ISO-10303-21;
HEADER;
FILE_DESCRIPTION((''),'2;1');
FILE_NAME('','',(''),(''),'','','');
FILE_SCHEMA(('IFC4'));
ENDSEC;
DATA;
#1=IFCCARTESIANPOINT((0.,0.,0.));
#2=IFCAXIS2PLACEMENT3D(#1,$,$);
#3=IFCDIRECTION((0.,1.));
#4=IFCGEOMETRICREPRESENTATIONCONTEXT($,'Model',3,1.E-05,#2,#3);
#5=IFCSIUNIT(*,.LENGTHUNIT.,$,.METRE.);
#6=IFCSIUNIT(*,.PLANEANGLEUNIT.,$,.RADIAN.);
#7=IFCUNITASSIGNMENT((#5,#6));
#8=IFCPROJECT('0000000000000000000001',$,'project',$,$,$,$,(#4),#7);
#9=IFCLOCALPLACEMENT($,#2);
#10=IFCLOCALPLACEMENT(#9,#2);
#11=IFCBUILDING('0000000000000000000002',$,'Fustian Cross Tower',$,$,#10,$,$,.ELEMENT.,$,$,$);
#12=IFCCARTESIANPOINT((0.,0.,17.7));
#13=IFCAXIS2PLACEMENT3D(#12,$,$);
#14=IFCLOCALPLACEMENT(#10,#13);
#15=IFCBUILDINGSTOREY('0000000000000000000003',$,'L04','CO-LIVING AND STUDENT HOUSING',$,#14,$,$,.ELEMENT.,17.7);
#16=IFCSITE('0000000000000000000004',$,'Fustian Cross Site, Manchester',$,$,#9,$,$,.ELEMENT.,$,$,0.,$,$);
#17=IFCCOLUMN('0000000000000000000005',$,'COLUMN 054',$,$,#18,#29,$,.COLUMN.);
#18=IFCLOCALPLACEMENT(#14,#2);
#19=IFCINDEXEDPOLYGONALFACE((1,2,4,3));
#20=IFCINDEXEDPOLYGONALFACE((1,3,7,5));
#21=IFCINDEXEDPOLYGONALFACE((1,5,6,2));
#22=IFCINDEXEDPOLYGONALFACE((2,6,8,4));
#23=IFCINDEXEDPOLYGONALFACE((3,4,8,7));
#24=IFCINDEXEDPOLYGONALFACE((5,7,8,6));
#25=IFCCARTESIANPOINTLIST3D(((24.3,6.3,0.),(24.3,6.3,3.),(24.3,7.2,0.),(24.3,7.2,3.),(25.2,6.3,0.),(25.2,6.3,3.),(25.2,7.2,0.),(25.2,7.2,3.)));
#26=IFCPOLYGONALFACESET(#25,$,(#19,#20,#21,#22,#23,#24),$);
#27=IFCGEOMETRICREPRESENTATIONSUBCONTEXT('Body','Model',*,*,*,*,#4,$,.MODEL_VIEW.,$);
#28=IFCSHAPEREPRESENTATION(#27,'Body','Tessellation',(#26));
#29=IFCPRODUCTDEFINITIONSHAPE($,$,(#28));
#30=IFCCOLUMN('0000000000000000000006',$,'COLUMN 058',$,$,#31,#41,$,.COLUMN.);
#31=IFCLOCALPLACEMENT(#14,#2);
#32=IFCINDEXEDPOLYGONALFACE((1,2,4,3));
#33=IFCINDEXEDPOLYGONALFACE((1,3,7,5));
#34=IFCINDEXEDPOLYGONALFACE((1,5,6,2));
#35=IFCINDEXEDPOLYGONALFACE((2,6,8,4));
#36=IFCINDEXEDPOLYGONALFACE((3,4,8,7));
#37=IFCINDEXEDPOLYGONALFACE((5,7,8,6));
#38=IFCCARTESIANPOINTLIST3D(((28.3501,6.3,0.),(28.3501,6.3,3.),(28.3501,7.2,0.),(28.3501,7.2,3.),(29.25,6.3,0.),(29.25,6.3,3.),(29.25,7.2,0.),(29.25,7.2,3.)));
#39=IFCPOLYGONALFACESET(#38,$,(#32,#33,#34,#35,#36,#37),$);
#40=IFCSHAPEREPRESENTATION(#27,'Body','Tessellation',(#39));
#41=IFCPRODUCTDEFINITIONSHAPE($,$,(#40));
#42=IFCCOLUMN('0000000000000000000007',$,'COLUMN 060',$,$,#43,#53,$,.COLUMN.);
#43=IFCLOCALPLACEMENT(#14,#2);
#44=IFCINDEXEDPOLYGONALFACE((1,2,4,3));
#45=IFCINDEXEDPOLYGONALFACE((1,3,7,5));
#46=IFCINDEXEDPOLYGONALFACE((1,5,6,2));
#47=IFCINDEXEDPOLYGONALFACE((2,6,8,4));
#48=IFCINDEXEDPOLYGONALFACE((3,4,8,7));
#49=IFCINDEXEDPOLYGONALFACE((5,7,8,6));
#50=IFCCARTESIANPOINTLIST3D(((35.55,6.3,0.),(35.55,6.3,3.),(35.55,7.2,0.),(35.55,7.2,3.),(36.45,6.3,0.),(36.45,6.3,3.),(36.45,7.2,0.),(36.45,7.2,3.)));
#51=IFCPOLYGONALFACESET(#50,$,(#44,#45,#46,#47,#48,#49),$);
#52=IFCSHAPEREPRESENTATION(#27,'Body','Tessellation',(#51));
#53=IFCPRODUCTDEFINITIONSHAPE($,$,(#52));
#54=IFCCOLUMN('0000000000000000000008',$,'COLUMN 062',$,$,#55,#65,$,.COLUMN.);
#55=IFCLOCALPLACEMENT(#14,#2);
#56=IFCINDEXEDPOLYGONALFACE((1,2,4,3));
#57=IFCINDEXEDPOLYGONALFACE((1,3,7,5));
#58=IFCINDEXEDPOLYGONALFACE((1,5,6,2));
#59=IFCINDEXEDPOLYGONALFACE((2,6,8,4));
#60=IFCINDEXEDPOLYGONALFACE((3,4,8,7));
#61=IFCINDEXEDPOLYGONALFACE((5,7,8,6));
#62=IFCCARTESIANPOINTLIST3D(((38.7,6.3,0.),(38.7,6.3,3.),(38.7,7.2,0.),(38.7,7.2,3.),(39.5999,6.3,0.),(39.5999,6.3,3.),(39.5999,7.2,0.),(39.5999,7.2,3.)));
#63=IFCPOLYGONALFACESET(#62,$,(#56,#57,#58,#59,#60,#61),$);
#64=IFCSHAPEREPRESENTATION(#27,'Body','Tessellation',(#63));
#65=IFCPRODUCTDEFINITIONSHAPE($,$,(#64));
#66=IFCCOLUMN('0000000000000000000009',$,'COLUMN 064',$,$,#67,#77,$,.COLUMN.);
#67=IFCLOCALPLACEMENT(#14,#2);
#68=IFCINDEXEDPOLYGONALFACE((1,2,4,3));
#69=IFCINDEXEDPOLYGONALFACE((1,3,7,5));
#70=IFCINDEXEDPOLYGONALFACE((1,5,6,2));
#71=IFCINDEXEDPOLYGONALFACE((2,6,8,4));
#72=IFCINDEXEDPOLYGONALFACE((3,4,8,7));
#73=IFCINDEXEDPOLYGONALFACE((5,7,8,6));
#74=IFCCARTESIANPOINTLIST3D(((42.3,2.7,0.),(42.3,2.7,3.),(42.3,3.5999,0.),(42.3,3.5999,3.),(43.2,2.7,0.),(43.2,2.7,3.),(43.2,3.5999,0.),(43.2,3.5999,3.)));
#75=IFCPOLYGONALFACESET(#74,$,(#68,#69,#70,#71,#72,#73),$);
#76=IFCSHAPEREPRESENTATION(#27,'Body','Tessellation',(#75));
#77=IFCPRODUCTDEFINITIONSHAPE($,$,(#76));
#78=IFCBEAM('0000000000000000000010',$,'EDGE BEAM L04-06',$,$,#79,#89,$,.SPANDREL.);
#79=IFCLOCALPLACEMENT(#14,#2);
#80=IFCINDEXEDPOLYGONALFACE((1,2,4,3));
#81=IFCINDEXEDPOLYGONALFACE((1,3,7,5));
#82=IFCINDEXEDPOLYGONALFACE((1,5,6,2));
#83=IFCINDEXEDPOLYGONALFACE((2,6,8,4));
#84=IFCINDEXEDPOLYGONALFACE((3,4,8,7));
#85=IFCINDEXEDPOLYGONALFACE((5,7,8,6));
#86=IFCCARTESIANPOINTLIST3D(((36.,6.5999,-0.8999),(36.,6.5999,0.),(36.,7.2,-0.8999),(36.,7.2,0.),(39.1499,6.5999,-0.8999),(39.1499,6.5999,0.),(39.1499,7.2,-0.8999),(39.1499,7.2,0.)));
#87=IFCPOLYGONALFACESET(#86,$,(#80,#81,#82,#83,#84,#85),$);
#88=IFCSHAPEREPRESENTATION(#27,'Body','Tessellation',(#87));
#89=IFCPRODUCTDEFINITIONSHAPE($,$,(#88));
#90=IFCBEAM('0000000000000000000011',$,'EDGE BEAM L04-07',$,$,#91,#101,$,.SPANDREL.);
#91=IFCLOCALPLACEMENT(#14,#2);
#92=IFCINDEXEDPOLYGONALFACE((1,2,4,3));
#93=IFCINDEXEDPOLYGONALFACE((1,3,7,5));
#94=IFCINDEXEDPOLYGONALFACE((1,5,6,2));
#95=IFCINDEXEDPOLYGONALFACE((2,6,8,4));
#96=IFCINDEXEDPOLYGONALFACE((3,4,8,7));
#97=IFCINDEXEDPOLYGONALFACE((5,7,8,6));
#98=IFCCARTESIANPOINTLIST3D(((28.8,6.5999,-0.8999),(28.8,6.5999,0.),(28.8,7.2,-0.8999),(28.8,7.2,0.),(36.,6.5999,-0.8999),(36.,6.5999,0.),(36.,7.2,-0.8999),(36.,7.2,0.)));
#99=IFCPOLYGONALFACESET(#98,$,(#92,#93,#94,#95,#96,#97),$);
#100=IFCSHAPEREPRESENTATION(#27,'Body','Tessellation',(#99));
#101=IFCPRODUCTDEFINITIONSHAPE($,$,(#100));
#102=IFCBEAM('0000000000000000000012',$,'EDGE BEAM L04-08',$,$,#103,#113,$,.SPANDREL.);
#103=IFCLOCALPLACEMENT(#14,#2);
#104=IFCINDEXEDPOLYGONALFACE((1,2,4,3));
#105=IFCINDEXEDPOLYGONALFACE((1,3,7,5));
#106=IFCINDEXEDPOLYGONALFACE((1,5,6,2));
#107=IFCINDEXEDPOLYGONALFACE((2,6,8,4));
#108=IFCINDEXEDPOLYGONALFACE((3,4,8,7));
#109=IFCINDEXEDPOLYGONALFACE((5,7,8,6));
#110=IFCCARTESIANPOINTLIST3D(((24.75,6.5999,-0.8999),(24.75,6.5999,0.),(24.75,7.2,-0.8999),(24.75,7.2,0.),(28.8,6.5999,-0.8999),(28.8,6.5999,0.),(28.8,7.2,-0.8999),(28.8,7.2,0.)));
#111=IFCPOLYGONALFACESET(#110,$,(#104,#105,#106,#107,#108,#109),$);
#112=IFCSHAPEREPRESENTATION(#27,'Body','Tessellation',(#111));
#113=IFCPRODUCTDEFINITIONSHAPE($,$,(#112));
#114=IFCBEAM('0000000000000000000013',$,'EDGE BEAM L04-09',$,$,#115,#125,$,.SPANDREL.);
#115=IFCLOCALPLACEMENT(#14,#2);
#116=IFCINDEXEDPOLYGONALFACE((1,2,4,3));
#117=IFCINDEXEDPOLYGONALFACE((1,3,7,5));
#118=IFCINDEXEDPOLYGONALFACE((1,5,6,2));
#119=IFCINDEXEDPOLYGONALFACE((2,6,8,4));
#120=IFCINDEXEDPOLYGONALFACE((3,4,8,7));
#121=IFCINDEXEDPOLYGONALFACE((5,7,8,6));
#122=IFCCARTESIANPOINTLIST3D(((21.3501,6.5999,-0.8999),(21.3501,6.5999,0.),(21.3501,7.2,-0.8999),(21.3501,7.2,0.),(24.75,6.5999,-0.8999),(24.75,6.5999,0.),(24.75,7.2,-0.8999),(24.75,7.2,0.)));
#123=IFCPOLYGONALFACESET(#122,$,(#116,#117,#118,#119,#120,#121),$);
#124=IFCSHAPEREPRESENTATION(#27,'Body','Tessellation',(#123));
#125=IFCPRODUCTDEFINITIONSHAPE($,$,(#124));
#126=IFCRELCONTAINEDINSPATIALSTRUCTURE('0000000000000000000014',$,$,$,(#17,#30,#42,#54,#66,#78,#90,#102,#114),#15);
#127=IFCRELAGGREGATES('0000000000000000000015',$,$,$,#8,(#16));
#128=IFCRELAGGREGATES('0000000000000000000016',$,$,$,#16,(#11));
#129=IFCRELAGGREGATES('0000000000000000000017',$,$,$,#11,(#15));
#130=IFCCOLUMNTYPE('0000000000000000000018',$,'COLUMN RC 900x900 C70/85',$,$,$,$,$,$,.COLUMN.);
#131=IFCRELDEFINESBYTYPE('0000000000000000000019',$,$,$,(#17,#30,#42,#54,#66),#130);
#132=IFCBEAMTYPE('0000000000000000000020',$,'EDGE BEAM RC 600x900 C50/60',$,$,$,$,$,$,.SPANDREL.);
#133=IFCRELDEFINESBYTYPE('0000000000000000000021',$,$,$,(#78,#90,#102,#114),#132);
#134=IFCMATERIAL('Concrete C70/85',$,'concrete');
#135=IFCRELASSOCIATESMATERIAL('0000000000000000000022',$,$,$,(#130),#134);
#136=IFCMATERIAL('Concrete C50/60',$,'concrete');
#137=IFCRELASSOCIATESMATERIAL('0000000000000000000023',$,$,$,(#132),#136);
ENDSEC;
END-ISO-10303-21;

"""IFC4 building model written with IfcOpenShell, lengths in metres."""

from ifc_helpers import new_model, si_unit, direction, frame, origin, origin_2d, place, context, subcontext, project, spatial, rectangle, extrude, material, material_profile, profile_set, type_object, element, save


model = new_model("IFC4")

# Units and contexts
model_context = context("Model", 3, precision=1e-05, world=origin(), true_north=direction((0.0, 1.0)))
body_context = subcontext(model_context, "Body", "Model", "MODEL_VIEW")
ifc_project = project(units=[si_unit("LENGTHUNIT", "METRE"), si_unit("PLANEANGLEUNIT", "RADIAN")], contexts=[model_context])

# Site, building, storey
site_placement = place(None, origin())
site = spatial("IfcSite", under=ifc_project, at=site_placement, Name="Fustian Cross Site, Manchester", CompositionType="ELEMENT", RefElevation=0.0)
building_placement = place(site_placement, origin())
building = spatial("IfcBuilding", under=site, at=building_placement, Name="Fustian Cross Tower", CompositionType="ELEMENT")
storey_placement = place(building_placement, frame((0.0, 0.0, 17.7)))
storey = spatial("IfcBuildingStorey", under=building, at=storey_placement, Name="L04", Description="CO-LIVING AND STUDENT HOUSING", CompositionType="ELEMENT", Elevation=17.7)

# Columns
ifc_material_1 = material(Name="Concrete C70/85", Category="concrete")
ifc_material_profile_1 = material_profile(ifc_material_1, rectangle(XDim=0.8999, YDim=0.8999, at=origin_2d()), Name="RC 900x900")
ifc_profile_set_1 = profile_set([ifc_material_profile_1], Name="Concrete C70/85")
column_type = type_object("IfcColumnType", Name="COLUMN RC 900x900 C70/85", PredefinedType="COLUMN", material=ifc_profile_set_1)
for number, where, z_axis, x_axis, name in (
    (1, (24.75, 6.75, 0.0), (0.0, 0.0, 1.0), (1.0, 0.0, 0.0), "COLUMN 054"),
    (2, (28.8, 6.75, 0.0), (0.0, 0.0, 1.0), (1.0, 0.0, 0.0), "COLUMN 058"),
    (3, (36.0, 6.75, 0.0), (0.0, 0.0, 1.0), (1.0, 0.0, 0.0), "COLUMN 060"),
    (4, (39.1499, 6.75, 0.0), (0.0, 0.0, 1.0), (1.0, 0.0, 0.0), "COLUMN 062"),
    (5, (42.75, 3.1499, 0.0), (0.0, 0.0, 1.0), (1.0, 0.0, 0.0), "COLUMN 064"),
):
    element("IfcColumn", number, at=place(storey_placement, frame(where, z_axis=z_axis, x_axis=x_axis)), inside=storey, type_object=column_type, Name=name, PredefinedType="COLUMN", context=body_context, shape_type="SweptSolid", body=[
        extrude(rectangle(XDim=0.8999, YDim=0.8999, at=origin_2d()), origin(), (0.0, 0.0, 1.0), 3.0),
    ])

# Beams
ifc_material_2 = material(Name="Concrete C50/60", Category="concrete")
ifc_material_profile_2 = material_profile(ifc_material_2, rectangle(XDim=0.6001, YDim=0.8999, at=origin_2d()), Name="RC 600x900")
ifc_profile_set_2 = profile_set([ifc_material_profile_2], Name="Concrete C50/60")
beam_type = type_object("IfcBeamType", Name="EDGE BEAM RC 600x900 C50/60", PredefinedType="SPANDREL", material=ifc_profile_set_2)
beam_1_placement = place(storey_placement, frame((39.1499, 6.8999, -0.45), z_axis=(-1.0, 0.0, 0.0), x_axis=(0.0, -1.0, 0.0)))
element("IfcBeam", 6, at=beam_1_placement, inside=storey, type_object=beam_type, Name="EDGE BEAM L04-06", PredefinedType="SPANDREL", context=body_context, shape_type="SweptSolid", body=[
    extrude(rectangle(XDim=0.6001, YDim=0.8999, at=origin_2d()), origin(), (0.0, 0.0, 1.0), 3.1499),
])
beam_2_placement = place(storey_placement, frame((36.0, 6.8999, -0.45), z_axis=(-1.0, 0.0, 0.0), x_axis=(0.0, -1.0, 0.0)))
element("IfcBeam", 7, at=beam_2_placement, inside=storey, type_object=beam_type, Name="EDGE BEAM L04-07", PredefinedType="SPANDREL", context=body_context, shape_type="SweptSolid", body=[
    extrude(rectangle(XDim=0.6001, YDim=0.8999, at=origin_2d()), origin(), (0.0, 0.0, 1.0), 7.2),
])
beam_3_placement = place(storey_placement, frame((28.8, 6.8999, -0.45), z_axis=(-1.0, 0.0, 0.0), x_axis=(0.0, -1.0, 0.0)))
element("IfcBeam", 8, at=beam_3_placement, inside=storey, type_object=beam_type, Name="EDGE BEAM L04-08", PredefinedType="SPANDREL", context=body_context, shape_type="SweptSolid", body=[
    extrude(rectangle(XDim=0.6001, YDim=0.8999, at=origin_2d()), origin(), (0.0, 0.0, 1.0), 4.05),
])
beam_4_placement = place(storey_placement, frame((24.75, 6.8999, -0.45), z_axis=(-1.0, 0.0, 0.0), x_axis=(0.0, -1.0, 0.0)))
element("IfcBeam", 9, at=beam_4_placement, inside=storey, type_object=beam_type, Name="EDGE BEAM L04-09", PredefinedType="SPANDREL", context=body_context, shape_type="SweptSolid", body=[
    extrude(rectangle(XDim=0.6001, YDim=0.8999, at=origin_2d()), origin(), (0.0, 0.0, 1.0), 3.3999),
])

save(model, "model.ifc")
